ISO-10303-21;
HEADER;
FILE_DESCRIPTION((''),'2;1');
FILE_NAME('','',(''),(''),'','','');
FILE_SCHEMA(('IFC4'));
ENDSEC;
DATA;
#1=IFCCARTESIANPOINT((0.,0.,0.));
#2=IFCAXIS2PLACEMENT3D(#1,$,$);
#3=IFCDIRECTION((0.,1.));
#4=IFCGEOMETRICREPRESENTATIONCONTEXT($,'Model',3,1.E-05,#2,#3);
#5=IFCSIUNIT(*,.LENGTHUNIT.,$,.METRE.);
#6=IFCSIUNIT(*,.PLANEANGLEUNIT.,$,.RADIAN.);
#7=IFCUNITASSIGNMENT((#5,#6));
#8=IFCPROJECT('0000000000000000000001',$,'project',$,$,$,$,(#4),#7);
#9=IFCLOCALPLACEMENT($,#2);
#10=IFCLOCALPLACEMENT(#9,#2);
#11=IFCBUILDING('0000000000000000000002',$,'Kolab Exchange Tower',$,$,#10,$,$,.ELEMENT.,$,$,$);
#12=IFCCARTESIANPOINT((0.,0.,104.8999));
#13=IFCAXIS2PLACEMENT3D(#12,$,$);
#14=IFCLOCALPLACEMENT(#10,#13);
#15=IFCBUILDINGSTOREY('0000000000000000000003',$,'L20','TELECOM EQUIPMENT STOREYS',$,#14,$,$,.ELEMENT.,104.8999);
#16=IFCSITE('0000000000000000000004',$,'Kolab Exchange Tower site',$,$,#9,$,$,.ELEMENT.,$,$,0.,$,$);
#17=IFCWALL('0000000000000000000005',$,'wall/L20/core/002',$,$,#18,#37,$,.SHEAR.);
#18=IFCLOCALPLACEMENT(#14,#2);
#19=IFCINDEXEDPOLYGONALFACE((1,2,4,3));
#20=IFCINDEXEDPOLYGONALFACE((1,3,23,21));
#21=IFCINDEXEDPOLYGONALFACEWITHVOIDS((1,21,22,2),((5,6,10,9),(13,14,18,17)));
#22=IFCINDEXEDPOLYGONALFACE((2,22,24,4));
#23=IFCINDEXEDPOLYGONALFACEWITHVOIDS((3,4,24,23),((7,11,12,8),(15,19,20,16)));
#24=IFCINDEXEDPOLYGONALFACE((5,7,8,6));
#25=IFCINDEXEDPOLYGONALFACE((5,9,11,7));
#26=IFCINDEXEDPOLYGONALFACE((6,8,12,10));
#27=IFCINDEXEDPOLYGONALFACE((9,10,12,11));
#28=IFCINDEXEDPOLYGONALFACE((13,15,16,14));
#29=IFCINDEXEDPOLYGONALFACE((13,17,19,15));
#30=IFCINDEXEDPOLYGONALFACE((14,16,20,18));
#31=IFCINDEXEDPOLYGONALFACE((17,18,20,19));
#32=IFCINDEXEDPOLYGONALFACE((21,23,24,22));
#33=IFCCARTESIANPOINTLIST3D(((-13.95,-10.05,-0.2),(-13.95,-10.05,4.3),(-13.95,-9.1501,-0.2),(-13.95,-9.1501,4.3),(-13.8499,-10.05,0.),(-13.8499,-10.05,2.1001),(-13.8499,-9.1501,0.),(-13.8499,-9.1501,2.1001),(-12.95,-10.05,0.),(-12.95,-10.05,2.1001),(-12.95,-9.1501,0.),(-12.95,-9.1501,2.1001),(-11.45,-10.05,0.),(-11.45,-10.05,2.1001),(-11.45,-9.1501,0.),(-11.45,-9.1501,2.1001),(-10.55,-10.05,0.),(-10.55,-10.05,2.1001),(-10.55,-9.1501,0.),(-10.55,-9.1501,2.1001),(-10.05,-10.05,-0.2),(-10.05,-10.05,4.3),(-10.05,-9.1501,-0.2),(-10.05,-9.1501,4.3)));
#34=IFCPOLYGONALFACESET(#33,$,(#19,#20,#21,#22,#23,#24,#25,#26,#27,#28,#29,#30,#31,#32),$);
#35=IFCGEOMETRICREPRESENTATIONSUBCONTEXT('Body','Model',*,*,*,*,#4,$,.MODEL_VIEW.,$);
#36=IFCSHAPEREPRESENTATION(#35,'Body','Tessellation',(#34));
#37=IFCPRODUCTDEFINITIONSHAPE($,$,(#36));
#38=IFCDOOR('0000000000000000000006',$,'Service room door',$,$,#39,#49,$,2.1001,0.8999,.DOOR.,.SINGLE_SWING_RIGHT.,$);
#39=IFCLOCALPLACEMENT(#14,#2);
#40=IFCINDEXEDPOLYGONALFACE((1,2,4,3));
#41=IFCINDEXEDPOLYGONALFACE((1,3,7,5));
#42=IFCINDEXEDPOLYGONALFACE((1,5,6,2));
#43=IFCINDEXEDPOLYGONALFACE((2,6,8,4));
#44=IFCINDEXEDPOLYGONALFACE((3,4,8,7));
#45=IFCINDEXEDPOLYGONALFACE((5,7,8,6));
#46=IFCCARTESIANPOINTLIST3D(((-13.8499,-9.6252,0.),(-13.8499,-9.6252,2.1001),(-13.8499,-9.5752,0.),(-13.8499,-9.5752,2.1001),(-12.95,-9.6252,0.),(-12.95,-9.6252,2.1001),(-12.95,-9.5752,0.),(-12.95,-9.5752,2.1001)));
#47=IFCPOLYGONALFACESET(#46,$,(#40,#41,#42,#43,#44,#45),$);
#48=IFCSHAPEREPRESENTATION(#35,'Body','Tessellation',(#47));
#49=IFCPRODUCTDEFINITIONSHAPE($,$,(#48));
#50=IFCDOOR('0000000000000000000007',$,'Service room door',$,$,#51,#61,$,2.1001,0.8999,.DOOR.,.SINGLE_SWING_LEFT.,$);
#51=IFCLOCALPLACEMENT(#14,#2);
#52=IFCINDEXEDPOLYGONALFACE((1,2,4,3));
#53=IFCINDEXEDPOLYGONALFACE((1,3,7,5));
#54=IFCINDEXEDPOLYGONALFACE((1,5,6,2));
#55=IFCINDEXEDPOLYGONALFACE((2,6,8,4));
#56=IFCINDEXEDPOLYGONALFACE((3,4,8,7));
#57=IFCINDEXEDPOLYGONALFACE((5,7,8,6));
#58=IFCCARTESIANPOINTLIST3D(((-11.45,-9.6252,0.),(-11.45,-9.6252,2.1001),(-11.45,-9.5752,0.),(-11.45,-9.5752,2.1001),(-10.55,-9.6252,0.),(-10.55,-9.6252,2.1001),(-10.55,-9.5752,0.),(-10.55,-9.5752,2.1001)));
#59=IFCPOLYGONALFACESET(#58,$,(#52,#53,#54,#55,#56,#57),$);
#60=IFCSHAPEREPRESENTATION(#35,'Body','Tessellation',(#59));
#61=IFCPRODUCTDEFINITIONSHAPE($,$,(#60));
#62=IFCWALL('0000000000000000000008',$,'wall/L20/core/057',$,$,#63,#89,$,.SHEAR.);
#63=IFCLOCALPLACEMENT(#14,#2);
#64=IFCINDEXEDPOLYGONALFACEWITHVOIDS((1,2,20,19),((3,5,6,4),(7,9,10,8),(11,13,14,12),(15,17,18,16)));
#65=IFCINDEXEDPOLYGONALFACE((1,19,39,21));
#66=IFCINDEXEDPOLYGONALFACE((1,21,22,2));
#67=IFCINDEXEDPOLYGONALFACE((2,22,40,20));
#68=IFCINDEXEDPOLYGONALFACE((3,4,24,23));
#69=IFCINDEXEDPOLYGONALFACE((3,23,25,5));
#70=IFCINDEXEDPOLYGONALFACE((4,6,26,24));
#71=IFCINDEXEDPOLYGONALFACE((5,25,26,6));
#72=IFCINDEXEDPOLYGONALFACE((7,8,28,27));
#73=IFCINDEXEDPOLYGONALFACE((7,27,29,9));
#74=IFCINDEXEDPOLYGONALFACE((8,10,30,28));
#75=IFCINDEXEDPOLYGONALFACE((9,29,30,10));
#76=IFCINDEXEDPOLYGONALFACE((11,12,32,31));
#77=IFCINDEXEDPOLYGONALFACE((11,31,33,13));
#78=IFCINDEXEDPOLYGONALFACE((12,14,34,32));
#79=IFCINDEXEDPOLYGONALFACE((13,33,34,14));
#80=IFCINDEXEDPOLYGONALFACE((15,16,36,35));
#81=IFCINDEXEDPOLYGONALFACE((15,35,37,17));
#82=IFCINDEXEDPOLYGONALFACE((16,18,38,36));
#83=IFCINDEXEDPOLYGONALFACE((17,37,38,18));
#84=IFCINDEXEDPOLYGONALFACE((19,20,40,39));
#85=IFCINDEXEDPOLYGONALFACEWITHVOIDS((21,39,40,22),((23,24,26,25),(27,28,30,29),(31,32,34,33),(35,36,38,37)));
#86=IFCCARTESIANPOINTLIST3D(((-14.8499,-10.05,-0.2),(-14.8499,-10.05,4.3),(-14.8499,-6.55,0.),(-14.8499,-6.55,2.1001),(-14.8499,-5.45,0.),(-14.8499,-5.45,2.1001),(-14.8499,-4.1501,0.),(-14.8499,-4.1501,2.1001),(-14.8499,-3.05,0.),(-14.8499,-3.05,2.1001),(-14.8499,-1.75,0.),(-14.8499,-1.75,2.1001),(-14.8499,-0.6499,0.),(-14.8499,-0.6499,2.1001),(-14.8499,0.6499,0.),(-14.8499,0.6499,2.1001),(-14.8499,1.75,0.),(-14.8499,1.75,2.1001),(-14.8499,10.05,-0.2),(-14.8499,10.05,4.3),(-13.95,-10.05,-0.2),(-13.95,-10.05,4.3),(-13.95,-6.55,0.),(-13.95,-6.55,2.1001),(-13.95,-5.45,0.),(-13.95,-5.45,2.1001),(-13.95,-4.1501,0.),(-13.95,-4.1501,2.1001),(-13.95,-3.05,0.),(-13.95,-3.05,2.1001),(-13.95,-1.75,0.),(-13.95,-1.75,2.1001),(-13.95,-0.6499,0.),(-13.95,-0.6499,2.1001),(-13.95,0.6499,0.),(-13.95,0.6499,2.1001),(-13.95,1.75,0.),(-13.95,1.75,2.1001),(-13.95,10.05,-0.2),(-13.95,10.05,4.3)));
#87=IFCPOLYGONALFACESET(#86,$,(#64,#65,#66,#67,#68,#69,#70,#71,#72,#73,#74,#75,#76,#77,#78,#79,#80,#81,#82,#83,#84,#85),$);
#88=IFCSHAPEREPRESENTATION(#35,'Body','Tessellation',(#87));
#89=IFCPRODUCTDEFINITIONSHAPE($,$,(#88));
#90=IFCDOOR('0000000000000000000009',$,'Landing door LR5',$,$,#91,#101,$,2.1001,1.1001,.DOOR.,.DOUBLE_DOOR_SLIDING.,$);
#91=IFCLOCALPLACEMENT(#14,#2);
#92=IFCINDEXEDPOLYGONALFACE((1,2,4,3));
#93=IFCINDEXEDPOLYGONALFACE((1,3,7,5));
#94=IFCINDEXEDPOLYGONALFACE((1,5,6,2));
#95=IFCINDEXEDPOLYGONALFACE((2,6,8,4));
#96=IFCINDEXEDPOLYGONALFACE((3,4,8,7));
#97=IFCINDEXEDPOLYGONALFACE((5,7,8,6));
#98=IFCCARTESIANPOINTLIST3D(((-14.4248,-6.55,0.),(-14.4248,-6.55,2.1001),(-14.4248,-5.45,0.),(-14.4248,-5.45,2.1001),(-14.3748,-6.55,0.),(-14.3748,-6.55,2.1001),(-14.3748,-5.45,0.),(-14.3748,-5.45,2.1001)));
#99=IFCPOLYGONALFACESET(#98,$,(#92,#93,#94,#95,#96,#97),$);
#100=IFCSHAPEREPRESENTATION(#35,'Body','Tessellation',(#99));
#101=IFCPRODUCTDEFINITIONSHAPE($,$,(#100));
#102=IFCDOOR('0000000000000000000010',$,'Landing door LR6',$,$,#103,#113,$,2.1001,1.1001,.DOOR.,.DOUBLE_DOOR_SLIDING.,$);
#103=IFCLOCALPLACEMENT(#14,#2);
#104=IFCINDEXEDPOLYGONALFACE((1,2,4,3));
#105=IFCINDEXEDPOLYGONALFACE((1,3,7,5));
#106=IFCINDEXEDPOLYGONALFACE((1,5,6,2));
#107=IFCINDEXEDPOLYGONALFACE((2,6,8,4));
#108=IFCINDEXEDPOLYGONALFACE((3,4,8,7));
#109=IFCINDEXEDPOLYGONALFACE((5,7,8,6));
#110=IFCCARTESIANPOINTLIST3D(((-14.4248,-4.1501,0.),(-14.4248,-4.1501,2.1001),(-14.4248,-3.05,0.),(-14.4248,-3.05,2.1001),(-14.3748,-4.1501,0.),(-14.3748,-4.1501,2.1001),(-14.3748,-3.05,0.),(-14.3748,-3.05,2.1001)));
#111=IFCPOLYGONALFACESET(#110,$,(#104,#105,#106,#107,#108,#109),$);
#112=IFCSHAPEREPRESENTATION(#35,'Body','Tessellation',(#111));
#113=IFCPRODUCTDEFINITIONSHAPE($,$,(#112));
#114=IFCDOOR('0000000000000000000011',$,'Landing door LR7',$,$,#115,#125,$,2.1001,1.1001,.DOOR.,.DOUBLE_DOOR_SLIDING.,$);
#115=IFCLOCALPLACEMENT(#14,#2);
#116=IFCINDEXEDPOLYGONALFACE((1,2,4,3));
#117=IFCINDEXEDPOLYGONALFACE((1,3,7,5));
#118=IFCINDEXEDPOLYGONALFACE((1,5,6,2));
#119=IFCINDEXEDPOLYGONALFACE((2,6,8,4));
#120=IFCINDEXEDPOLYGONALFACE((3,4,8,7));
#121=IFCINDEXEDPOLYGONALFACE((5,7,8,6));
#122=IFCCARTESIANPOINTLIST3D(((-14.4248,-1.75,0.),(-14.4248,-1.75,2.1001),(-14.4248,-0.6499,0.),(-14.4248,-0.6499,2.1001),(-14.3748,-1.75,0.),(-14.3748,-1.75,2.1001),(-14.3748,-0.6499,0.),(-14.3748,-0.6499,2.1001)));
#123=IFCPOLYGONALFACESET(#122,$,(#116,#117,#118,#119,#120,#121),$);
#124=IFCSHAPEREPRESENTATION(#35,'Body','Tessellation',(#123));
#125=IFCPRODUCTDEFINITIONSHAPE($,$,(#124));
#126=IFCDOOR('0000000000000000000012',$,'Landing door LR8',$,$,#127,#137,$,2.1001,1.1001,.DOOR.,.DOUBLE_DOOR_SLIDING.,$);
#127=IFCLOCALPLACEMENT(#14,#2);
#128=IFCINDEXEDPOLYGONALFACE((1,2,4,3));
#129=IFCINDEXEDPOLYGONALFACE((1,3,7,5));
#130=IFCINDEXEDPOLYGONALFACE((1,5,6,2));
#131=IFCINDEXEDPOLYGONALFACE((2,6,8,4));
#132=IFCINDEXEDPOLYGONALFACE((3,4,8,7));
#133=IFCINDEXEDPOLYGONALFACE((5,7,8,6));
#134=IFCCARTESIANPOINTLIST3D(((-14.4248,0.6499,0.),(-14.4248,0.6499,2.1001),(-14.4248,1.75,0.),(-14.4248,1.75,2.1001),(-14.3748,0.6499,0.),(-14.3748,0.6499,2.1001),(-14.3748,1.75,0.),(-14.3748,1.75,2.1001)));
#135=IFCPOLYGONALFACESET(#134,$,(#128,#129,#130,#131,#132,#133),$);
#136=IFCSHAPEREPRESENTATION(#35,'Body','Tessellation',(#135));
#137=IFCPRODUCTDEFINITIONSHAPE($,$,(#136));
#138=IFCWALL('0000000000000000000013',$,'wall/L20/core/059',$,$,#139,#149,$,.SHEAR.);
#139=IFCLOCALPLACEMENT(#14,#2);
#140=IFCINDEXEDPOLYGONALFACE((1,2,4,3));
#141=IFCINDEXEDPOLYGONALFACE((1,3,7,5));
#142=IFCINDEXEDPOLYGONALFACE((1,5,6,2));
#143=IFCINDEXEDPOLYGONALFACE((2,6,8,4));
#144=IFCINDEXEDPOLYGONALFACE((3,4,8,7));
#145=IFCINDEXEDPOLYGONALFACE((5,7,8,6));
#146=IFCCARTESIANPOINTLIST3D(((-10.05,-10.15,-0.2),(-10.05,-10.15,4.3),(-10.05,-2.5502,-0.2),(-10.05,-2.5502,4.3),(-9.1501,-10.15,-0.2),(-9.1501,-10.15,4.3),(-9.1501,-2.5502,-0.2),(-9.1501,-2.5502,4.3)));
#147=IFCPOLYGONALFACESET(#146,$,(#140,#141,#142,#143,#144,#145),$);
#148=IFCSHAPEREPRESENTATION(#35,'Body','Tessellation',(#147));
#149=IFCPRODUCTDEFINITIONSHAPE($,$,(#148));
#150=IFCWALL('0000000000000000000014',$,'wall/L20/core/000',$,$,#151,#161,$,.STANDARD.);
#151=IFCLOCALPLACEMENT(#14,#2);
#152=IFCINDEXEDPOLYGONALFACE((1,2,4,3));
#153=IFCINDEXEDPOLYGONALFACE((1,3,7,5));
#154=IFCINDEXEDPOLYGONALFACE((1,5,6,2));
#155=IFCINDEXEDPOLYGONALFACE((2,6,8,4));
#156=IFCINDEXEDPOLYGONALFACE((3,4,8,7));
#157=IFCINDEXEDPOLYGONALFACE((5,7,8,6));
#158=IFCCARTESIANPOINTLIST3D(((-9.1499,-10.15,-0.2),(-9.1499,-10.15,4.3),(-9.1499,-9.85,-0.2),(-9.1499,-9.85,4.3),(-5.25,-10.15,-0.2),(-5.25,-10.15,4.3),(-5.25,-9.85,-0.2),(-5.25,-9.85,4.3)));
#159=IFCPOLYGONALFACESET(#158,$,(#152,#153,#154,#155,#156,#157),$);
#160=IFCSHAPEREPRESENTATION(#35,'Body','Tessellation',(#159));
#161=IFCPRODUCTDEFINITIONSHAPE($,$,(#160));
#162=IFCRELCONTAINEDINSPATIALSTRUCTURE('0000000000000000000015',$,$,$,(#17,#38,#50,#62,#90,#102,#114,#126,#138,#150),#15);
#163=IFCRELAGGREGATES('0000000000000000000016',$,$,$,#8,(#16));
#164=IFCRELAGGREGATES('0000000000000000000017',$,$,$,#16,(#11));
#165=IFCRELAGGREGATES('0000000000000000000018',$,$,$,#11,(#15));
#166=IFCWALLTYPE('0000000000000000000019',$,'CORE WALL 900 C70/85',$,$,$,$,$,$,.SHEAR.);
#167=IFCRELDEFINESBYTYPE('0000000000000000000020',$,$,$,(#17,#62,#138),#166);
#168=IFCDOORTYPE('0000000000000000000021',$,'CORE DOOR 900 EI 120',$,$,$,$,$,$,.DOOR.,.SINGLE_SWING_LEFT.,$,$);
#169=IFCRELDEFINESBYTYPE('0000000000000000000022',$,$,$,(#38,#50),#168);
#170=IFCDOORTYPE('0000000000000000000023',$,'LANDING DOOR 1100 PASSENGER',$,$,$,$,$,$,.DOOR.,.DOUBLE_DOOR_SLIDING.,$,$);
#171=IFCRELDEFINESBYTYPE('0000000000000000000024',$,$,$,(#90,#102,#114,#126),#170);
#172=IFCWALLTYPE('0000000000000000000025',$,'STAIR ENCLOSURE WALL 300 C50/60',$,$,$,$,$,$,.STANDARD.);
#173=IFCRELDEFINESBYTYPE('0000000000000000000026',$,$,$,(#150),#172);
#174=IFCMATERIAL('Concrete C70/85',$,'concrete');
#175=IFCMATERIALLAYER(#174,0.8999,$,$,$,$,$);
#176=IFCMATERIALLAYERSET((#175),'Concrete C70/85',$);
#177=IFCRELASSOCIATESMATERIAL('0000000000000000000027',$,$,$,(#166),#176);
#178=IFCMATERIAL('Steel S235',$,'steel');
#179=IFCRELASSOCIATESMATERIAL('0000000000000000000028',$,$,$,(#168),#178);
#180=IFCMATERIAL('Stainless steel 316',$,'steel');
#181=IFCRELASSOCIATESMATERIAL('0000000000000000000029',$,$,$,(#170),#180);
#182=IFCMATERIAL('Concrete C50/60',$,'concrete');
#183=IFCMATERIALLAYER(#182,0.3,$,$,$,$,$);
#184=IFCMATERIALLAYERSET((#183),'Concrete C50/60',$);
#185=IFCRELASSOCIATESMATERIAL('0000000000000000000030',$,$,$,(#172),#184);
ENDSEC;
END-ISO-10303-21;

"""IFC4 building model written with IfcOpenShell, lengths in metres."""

from ifc_helpers import new_model, si_unit, direction, frame, frame_2d, origin, place, context, subcontext, project, spatial, rectangle, extrude, material, layer, layer_set, type_object, element, fill, save


model = new_model("IFC4")

# Units and contexts
model_context = context("Model", 3, precision=1e-05, world=origin(), true_north=direction((0.0, 1.0)))
body_context = subcontext(model_context, "Body", "Model", "MODEL_VIEW")
ifc_project = project(units=[si_unit("LENGTHUNIT", "METRE"), si_unit("PLANEANGLEUNIT", "RADIAN")], contexts=[model_context])

# Site, building, storey
site_placement = place(None, origin())
site = spatial("IfcSite", under=ifc_project, at=site_placement, Name="Kolab Exchange Tower site", CompositionType="ELEMENT", RefElevation=0.0)
building_placement = place(site_placement, origin())
building = spatial("IfcBuilding", under=site, at=building_placement, Name="Kolab Exchange Tower", CompositionType="ELEMENT")
storey_placement = place(building_placement, frame((0.0, 0.0, 104.8999)))
storey = spatial("IfcBuildingStorey", under=building, at=storey_placement, Name="L20", Description="TELECOM EQUIPMENT STOREYS", CompositionType="ELEMENT", Elevation=104.8999)

# Walls, openings, doors
ifc_material_1 = material(Name="Concrete C70/85", Category="concrete")
ifc_layer_1 = layer(ifc_material_1, 0.8999)
ifc_layer_set_1 = layer_set([ifc_layer_1], Name="Concrete C70/85")
wall_type_1 = type_object("IfcWallType", Name="CORE WALL 900 C70/85", PredefinedType="SHEAR", material=ifc_layer_set_1)
wall_1_placement = place(storey_placement, frame((-13.95, -9.6001, -0.2), z_axis=(0.0, 0.0, 1.0), x_axis=(1.0, 0.0, 0.0)))
wall_1 = element("IfcWall", 1, at=wall_1_placement, inside=storey, type_object=wall_type_1, Name="wall/L20/core/002", PredefinedType="SHEAR", context=body_context, shape_type="SweptSolid", body=[
    extrude(rectangle(XDim=3.8999, YDim=0.8999, at=frame_2d((1.95, 0.0))), origin(), (0.0, 0.0, 1.0), 4.5),
])
opening_1_placement = place(wall_1_placement, frame((0.1001, 0.0, 0.2)))
opening_1 = element("IfcOpeningElement", 2, at=opening_1_placement, cuts=wall_1, PredefinedType="OPENING", context=body_context, shape_type="SweptSolid", body=[
    extrude(rectangle(XDim=0.8999, YDim=2.1001, at=frame_2d((0.45, 1.05))), frame((0.0, 0.46, 0.0), z_axis=(0.0, -1.0, 0.0), x_axis=(1.0, 0.0, 0.0)), (0.0, 0.0, 1.0), 0.9199),
])
opening_2_placement = place(wall_1_placement, frame((2.5, 0.0, 0.2)))
opening_2 = element("IfcOpeningElement", 3, at=opening_2_placement, cuts=wall_1, PredefinedType="OPENING", context=body_context, shape_type="SweptSolid", body=[
    extrude(rectangle(XDim=0.8999, YDim=2.1001, at=frame_2d((0.45, 1.05))), frame((0.0, 0.46, 0.0), z_axis=(0.0, -1.0, 0.0), x_axis=(1.0, 0.0, 0.0)), (0.0, 0.0, 1.0), 0.9199),
])
ifc_material_2 = material(Name="Steel S235", Category="steel")
door_type_1 = type_object("IfcDoorType", Name="CORE DOOR 900 EI 120", OperationType="SINGLE_SWING_LEFT", PredefinedType="DOOR", material=ifc_material_2)
door_1_placement = place(opening_1_placement, origin())
door_1 = element("IfcDoor", 4, at=door_1_placement, inside=storey, type_object=door_type_1, Name="Service room door", OperationType="SINGLE_SWING_RIGHT", OverallHeight=2.1001, OverallWidth=0.8999, PredefinedType="DOOR", context=body_context, shape_type="SweptSolid", body=[
    extrude(rectangle(XDim=0.8999, YDim=2.1001, at=frame_2d((0.45, 1.05))), frame((0.0, 0.0249, 0.0), z_axis=(0.0, -1.0, 0.0), x_axis=(1.0, 0.0, 0.0)), (0.0, 0.0, 1.0), 0.05),
])
fill(opening_1, door_1)
door_2_placement = place(opening_2_placement, origin())
door_2 = element("IfcDoor", 5, at=door_2_placement, inside=storey, type_object=door_type_1, Name="Service room door", OperationType="SINGLE_SWING_LEFT", OverallHeight=2.1001, OverallWidth=0.8999, PredefinedType="DOOR", context=body_context, shape_type="SweptSolid", body=[
    extrude(rectangle(XDim=0.8999, YDim=2.1001, at=frame_2d((0.45, 1.05))), frame((0.0, 0.0249, 0.0), z_axis=(0.0, -1.0, 0.0), x_axis=(1.0, 0.0, 0.0)), (0.0, 0.0, 1.0), 0.05),
])
fill(opening_2, door_2)
wall_2_placement = place(storey_placement, frame((-14.3999, -10.05, -0.2), z_axis=(0.0, 0.0, 1.0), x_axis=(0.0, 1.0, 0.0)))
wall_2 = element("IfcWall", 6, at=wall_2_placement, inside=storey, type_object=wall_type_1, Name="wall/L20/core/057", PredefinedType="SHEAR", context=body_context, shape_type="SweptSolid", body=[
    extrude(rectangle(XDim=20.1001, YDim=0.8999, at=frame_2d((10.05, 0.0))), origin(), (0.0, 0.0, 1.0), 4.5),
])
opening_3_placement = place(wall_2_placement, frame((3.5, 0.0, 0.2)))
opening_3 = element("IfcOpeningElement", 7, at=opening_3_placement, cuts=wall_2, PredefinedType="OPENING", context=body_context, shape_type="SweptSolid", body=[
    extrude(rectangle(XDim=1.1001, YDim=2.1001, at=frame_2d((0.55, 1.05))), frame((0.0, 0.46, 0.0), z_axis=(0.0, -1.0, 0.0), x_axis=(1.0, 0.0, 0.0)), (0.0, 0.0, 1.0), 0.9199),
])
opening_4_placement = place(wall_2_placement, frame((5.8999, 0.0, 0.2)))
opening_4 = element("IfcOpeningElement", 8, at=opening_4_placement, cuts=wall_2, PredefinedType="OPENING", context=body_context, shape_type="SweptSolid", body=[
    extrude(rectangle(XDim=1.1001, YDim=2.1001, at=frame_2d((0.55, 1.05))), frame((0.0, 0.46, 0.0), z_axis=(0.0, -1.0, 0.0), x_axis=(1.0, 0.0, 0.0)), (0.0, 0.0, 1.0), 0.9199),
])
opening_5_placement = place(wall_2_placement, frame((8.3, 0.0, 0.2)))
opening_5 = element("IfcOpeningElement", 9, at=opening_5_placement, cuts=wall_2, PredefinedType="OPENING", context=body_context, shape_type="SweptSolid", body=[
    extrude(rectangle(XDim=1.1001, YDim=2.1001, at=frame_2d((0.55, 1.05))), frame((0.0, 0.46, 0.0), z_axis=(0.0, -1.0, 0.0), x_axis=(1.0, 0.0, 0.0)), (0.0, 0.0, 1.0), 0.9199),
])
opening_6_placement = place(wall_2_placement, frame((10.7, 0.0, 0.2)))
opening_6 = element("IfcOpeningElement", 10, at=opening_6_placement, cuts=wall_2, PredefinedType="OPENING", context=body_context, shape_type="SweptSolid", body=[
    extrude(rectangle(XDim=1.1001, YDim=2.1001, at=frame_2d((0.55, 1.05))), frame((0.0, 0.46, 0.0), z_axis=(0.0, -1.0, 0.0), x_axis=(1.0, 0.0, 0.0)), (0.0, 0.0, 1.0), 0.9199),
])
ifc_material_3 = material(Name="Stainless steel 316", Category="steel")
door_type_2 = type_object("IfcDoorType", Name="LANDING DOOR 1100 PASSENGER", OperationType="DOUBLE_DOOR_SLIDING", PredefinedType="DOOR", material=ifc_material_3)
door_3_placement = place(opening_3_placement, origin())
door_3 = element("IfcDoor", 11, at=door_3_placement, inside=storey, type_object=door_type_2, Name="Landing door LR5", OperationType="DOUBLE_DOOR_SLIDING", OverallHeight=2.1001, OverallWidth=1.1001, PredefinedType="DOOR", context=body_context, shape_type="SweptSolid", body=[
    extrude(rectangle(XDim=1.1001, YDim=2.1001, at=frame_2d((0.55, 1.05))), frame((0.0, 0.0249, 0.0), z_axis=(0.0, -1.0, 0.0), x_axis=(1.0, 0.0, 0.0)), (0.0, 0.0, 1.0), 0.05),
])
fill(opening_3, door_3)
door_4_placement = place(opening_4_placement, origin())
door_4 = element("IfcDoor", 12, at=door_4_placement, inside=storey, type_object=door_type_2, Name="Landing door LR6", OperationType="DOUBLE_DOOR_SLIDING", OverallHeight=2.1001, OverallWidth=1.1001, PredefinedType="DOOR", context=body_context, shape_type="SweptSolid", body=[
    extrude(rectangle(XDim=1.1001, YDim=2.1001, at=frame_2d((0.55, 1.05))), frame((0.0, 0.0249, 0.0), z_axis=(0.0, -1.0, 0.0), x_axis=(1.0, 0.0, 0.0)), (0.0, 0.0, 1.0), 0.05),
])
fill(opening_4, door_4)
door_5_placement = place(opening_5_placement, origin())
door_5 = element("IfcDoor", 13, at=door_5_placement, inside=storey, type_object=door_type_2, Name="Landing door LR7", OperationType="DOUBLE_DOOR_SLIDING", OverallHeight=2.1001, OverallWidth=1.1001, PredefinedType="DOOR", context=body_context, shape_type="SweptSolid", body=[
    extrude(rectangle(XDim=1.1001, YDim=2.1001, at=frame_2d((0.55, 1.05))), frame((0.0, 0.0249, 0.0), z_axis=(0.0, -1.0, 0.0), x_axis=(1.0, 0.0, 0.0)), (0.0, 0.0, 1.0), 0.05),
])
fill(opening_5, door_5)
door_6_placement = place(opening_6_placement, origin())
door_6 = element("IfcDoor", 14, at=door_6_placement, inside=storey, type_object=door_type_2, Name="Landing door LR8", OperationType="DOUBLE_DOOR_SLIDING", OverallHeight=2.1001, OverallWidth=1.1001, PredefinedType="DOOR", context=body_context, shape_type="SweptSolid", body=[
    extrude(rectangle(XDim=1.1001, YDim=2.1001, at=frame_2d((0.55, 1.05))), frame((0.0, 0.0249, 0.0), z_axis=(0.0, -1.0, 0.0), x_axis=(1.0, 0.0, 0.0)), (0.0, 0.0, 1.0), 0.05),
])
fill(opening_6, door_6)

# Wall
wall_3_placement = place(storey_placement, frame((-9.6001, -10.1499, -0.2), z_axis=(0.0, 0.0, 1.0), x_axis=(0.0, 1.0, 0.0)))
element("IfcWall", 15, at=wall_3_placement, inside=storey, type_object=wall_type_1, Name="wall/L20/core/059", PredefinedType="SHEAR", context=body_context, shape_type="SweptSolid", body=[
    extrude(rectangle(XDim=7.5999, YDim=0.8999, at=frame_2d((3.7998, 0.0))), origin(), (0.0, 0.0, 1.0), 4.5),
])

# Wall
ifc_material_4 = material(Name="Concrete C50/60", Category="concrete")
ifc_layer_2 = layer(ifc_material_4, 0.3)
ifc_layer_set_2 = layer_set([ifc_layer_2], Name="Concrete C50/60")
wall_type_2 = type_object("IfcWallType", Name="STAIR ENCLOSURE WALL 300 C50/60", PredefinedType="STANDARD", material=ifc_layer_set_2)
wall_4_placement = place(storey_placement, frame((-9.1499, -10.0, -0.2), z_axis=(0.0, 0.0, 1.0), x_axis=(1.0, 0.0, 0.0)))
element("IfcWall", 16, at=wall_4_placement, inside=storey, type_object=wall_type_2, Name="wall/L20/core/000", PredefinedType="STANDARD", context=body_context, shape_type="SweptSolid", body=[
    extrude(rectangle(XDim=3.8999, YDim=0.3, at=frame_2d((1.95, 0.0))), origin(), (0.0, 0.0, 1.0), 4.5),
])

save(model, "model.ifc")
